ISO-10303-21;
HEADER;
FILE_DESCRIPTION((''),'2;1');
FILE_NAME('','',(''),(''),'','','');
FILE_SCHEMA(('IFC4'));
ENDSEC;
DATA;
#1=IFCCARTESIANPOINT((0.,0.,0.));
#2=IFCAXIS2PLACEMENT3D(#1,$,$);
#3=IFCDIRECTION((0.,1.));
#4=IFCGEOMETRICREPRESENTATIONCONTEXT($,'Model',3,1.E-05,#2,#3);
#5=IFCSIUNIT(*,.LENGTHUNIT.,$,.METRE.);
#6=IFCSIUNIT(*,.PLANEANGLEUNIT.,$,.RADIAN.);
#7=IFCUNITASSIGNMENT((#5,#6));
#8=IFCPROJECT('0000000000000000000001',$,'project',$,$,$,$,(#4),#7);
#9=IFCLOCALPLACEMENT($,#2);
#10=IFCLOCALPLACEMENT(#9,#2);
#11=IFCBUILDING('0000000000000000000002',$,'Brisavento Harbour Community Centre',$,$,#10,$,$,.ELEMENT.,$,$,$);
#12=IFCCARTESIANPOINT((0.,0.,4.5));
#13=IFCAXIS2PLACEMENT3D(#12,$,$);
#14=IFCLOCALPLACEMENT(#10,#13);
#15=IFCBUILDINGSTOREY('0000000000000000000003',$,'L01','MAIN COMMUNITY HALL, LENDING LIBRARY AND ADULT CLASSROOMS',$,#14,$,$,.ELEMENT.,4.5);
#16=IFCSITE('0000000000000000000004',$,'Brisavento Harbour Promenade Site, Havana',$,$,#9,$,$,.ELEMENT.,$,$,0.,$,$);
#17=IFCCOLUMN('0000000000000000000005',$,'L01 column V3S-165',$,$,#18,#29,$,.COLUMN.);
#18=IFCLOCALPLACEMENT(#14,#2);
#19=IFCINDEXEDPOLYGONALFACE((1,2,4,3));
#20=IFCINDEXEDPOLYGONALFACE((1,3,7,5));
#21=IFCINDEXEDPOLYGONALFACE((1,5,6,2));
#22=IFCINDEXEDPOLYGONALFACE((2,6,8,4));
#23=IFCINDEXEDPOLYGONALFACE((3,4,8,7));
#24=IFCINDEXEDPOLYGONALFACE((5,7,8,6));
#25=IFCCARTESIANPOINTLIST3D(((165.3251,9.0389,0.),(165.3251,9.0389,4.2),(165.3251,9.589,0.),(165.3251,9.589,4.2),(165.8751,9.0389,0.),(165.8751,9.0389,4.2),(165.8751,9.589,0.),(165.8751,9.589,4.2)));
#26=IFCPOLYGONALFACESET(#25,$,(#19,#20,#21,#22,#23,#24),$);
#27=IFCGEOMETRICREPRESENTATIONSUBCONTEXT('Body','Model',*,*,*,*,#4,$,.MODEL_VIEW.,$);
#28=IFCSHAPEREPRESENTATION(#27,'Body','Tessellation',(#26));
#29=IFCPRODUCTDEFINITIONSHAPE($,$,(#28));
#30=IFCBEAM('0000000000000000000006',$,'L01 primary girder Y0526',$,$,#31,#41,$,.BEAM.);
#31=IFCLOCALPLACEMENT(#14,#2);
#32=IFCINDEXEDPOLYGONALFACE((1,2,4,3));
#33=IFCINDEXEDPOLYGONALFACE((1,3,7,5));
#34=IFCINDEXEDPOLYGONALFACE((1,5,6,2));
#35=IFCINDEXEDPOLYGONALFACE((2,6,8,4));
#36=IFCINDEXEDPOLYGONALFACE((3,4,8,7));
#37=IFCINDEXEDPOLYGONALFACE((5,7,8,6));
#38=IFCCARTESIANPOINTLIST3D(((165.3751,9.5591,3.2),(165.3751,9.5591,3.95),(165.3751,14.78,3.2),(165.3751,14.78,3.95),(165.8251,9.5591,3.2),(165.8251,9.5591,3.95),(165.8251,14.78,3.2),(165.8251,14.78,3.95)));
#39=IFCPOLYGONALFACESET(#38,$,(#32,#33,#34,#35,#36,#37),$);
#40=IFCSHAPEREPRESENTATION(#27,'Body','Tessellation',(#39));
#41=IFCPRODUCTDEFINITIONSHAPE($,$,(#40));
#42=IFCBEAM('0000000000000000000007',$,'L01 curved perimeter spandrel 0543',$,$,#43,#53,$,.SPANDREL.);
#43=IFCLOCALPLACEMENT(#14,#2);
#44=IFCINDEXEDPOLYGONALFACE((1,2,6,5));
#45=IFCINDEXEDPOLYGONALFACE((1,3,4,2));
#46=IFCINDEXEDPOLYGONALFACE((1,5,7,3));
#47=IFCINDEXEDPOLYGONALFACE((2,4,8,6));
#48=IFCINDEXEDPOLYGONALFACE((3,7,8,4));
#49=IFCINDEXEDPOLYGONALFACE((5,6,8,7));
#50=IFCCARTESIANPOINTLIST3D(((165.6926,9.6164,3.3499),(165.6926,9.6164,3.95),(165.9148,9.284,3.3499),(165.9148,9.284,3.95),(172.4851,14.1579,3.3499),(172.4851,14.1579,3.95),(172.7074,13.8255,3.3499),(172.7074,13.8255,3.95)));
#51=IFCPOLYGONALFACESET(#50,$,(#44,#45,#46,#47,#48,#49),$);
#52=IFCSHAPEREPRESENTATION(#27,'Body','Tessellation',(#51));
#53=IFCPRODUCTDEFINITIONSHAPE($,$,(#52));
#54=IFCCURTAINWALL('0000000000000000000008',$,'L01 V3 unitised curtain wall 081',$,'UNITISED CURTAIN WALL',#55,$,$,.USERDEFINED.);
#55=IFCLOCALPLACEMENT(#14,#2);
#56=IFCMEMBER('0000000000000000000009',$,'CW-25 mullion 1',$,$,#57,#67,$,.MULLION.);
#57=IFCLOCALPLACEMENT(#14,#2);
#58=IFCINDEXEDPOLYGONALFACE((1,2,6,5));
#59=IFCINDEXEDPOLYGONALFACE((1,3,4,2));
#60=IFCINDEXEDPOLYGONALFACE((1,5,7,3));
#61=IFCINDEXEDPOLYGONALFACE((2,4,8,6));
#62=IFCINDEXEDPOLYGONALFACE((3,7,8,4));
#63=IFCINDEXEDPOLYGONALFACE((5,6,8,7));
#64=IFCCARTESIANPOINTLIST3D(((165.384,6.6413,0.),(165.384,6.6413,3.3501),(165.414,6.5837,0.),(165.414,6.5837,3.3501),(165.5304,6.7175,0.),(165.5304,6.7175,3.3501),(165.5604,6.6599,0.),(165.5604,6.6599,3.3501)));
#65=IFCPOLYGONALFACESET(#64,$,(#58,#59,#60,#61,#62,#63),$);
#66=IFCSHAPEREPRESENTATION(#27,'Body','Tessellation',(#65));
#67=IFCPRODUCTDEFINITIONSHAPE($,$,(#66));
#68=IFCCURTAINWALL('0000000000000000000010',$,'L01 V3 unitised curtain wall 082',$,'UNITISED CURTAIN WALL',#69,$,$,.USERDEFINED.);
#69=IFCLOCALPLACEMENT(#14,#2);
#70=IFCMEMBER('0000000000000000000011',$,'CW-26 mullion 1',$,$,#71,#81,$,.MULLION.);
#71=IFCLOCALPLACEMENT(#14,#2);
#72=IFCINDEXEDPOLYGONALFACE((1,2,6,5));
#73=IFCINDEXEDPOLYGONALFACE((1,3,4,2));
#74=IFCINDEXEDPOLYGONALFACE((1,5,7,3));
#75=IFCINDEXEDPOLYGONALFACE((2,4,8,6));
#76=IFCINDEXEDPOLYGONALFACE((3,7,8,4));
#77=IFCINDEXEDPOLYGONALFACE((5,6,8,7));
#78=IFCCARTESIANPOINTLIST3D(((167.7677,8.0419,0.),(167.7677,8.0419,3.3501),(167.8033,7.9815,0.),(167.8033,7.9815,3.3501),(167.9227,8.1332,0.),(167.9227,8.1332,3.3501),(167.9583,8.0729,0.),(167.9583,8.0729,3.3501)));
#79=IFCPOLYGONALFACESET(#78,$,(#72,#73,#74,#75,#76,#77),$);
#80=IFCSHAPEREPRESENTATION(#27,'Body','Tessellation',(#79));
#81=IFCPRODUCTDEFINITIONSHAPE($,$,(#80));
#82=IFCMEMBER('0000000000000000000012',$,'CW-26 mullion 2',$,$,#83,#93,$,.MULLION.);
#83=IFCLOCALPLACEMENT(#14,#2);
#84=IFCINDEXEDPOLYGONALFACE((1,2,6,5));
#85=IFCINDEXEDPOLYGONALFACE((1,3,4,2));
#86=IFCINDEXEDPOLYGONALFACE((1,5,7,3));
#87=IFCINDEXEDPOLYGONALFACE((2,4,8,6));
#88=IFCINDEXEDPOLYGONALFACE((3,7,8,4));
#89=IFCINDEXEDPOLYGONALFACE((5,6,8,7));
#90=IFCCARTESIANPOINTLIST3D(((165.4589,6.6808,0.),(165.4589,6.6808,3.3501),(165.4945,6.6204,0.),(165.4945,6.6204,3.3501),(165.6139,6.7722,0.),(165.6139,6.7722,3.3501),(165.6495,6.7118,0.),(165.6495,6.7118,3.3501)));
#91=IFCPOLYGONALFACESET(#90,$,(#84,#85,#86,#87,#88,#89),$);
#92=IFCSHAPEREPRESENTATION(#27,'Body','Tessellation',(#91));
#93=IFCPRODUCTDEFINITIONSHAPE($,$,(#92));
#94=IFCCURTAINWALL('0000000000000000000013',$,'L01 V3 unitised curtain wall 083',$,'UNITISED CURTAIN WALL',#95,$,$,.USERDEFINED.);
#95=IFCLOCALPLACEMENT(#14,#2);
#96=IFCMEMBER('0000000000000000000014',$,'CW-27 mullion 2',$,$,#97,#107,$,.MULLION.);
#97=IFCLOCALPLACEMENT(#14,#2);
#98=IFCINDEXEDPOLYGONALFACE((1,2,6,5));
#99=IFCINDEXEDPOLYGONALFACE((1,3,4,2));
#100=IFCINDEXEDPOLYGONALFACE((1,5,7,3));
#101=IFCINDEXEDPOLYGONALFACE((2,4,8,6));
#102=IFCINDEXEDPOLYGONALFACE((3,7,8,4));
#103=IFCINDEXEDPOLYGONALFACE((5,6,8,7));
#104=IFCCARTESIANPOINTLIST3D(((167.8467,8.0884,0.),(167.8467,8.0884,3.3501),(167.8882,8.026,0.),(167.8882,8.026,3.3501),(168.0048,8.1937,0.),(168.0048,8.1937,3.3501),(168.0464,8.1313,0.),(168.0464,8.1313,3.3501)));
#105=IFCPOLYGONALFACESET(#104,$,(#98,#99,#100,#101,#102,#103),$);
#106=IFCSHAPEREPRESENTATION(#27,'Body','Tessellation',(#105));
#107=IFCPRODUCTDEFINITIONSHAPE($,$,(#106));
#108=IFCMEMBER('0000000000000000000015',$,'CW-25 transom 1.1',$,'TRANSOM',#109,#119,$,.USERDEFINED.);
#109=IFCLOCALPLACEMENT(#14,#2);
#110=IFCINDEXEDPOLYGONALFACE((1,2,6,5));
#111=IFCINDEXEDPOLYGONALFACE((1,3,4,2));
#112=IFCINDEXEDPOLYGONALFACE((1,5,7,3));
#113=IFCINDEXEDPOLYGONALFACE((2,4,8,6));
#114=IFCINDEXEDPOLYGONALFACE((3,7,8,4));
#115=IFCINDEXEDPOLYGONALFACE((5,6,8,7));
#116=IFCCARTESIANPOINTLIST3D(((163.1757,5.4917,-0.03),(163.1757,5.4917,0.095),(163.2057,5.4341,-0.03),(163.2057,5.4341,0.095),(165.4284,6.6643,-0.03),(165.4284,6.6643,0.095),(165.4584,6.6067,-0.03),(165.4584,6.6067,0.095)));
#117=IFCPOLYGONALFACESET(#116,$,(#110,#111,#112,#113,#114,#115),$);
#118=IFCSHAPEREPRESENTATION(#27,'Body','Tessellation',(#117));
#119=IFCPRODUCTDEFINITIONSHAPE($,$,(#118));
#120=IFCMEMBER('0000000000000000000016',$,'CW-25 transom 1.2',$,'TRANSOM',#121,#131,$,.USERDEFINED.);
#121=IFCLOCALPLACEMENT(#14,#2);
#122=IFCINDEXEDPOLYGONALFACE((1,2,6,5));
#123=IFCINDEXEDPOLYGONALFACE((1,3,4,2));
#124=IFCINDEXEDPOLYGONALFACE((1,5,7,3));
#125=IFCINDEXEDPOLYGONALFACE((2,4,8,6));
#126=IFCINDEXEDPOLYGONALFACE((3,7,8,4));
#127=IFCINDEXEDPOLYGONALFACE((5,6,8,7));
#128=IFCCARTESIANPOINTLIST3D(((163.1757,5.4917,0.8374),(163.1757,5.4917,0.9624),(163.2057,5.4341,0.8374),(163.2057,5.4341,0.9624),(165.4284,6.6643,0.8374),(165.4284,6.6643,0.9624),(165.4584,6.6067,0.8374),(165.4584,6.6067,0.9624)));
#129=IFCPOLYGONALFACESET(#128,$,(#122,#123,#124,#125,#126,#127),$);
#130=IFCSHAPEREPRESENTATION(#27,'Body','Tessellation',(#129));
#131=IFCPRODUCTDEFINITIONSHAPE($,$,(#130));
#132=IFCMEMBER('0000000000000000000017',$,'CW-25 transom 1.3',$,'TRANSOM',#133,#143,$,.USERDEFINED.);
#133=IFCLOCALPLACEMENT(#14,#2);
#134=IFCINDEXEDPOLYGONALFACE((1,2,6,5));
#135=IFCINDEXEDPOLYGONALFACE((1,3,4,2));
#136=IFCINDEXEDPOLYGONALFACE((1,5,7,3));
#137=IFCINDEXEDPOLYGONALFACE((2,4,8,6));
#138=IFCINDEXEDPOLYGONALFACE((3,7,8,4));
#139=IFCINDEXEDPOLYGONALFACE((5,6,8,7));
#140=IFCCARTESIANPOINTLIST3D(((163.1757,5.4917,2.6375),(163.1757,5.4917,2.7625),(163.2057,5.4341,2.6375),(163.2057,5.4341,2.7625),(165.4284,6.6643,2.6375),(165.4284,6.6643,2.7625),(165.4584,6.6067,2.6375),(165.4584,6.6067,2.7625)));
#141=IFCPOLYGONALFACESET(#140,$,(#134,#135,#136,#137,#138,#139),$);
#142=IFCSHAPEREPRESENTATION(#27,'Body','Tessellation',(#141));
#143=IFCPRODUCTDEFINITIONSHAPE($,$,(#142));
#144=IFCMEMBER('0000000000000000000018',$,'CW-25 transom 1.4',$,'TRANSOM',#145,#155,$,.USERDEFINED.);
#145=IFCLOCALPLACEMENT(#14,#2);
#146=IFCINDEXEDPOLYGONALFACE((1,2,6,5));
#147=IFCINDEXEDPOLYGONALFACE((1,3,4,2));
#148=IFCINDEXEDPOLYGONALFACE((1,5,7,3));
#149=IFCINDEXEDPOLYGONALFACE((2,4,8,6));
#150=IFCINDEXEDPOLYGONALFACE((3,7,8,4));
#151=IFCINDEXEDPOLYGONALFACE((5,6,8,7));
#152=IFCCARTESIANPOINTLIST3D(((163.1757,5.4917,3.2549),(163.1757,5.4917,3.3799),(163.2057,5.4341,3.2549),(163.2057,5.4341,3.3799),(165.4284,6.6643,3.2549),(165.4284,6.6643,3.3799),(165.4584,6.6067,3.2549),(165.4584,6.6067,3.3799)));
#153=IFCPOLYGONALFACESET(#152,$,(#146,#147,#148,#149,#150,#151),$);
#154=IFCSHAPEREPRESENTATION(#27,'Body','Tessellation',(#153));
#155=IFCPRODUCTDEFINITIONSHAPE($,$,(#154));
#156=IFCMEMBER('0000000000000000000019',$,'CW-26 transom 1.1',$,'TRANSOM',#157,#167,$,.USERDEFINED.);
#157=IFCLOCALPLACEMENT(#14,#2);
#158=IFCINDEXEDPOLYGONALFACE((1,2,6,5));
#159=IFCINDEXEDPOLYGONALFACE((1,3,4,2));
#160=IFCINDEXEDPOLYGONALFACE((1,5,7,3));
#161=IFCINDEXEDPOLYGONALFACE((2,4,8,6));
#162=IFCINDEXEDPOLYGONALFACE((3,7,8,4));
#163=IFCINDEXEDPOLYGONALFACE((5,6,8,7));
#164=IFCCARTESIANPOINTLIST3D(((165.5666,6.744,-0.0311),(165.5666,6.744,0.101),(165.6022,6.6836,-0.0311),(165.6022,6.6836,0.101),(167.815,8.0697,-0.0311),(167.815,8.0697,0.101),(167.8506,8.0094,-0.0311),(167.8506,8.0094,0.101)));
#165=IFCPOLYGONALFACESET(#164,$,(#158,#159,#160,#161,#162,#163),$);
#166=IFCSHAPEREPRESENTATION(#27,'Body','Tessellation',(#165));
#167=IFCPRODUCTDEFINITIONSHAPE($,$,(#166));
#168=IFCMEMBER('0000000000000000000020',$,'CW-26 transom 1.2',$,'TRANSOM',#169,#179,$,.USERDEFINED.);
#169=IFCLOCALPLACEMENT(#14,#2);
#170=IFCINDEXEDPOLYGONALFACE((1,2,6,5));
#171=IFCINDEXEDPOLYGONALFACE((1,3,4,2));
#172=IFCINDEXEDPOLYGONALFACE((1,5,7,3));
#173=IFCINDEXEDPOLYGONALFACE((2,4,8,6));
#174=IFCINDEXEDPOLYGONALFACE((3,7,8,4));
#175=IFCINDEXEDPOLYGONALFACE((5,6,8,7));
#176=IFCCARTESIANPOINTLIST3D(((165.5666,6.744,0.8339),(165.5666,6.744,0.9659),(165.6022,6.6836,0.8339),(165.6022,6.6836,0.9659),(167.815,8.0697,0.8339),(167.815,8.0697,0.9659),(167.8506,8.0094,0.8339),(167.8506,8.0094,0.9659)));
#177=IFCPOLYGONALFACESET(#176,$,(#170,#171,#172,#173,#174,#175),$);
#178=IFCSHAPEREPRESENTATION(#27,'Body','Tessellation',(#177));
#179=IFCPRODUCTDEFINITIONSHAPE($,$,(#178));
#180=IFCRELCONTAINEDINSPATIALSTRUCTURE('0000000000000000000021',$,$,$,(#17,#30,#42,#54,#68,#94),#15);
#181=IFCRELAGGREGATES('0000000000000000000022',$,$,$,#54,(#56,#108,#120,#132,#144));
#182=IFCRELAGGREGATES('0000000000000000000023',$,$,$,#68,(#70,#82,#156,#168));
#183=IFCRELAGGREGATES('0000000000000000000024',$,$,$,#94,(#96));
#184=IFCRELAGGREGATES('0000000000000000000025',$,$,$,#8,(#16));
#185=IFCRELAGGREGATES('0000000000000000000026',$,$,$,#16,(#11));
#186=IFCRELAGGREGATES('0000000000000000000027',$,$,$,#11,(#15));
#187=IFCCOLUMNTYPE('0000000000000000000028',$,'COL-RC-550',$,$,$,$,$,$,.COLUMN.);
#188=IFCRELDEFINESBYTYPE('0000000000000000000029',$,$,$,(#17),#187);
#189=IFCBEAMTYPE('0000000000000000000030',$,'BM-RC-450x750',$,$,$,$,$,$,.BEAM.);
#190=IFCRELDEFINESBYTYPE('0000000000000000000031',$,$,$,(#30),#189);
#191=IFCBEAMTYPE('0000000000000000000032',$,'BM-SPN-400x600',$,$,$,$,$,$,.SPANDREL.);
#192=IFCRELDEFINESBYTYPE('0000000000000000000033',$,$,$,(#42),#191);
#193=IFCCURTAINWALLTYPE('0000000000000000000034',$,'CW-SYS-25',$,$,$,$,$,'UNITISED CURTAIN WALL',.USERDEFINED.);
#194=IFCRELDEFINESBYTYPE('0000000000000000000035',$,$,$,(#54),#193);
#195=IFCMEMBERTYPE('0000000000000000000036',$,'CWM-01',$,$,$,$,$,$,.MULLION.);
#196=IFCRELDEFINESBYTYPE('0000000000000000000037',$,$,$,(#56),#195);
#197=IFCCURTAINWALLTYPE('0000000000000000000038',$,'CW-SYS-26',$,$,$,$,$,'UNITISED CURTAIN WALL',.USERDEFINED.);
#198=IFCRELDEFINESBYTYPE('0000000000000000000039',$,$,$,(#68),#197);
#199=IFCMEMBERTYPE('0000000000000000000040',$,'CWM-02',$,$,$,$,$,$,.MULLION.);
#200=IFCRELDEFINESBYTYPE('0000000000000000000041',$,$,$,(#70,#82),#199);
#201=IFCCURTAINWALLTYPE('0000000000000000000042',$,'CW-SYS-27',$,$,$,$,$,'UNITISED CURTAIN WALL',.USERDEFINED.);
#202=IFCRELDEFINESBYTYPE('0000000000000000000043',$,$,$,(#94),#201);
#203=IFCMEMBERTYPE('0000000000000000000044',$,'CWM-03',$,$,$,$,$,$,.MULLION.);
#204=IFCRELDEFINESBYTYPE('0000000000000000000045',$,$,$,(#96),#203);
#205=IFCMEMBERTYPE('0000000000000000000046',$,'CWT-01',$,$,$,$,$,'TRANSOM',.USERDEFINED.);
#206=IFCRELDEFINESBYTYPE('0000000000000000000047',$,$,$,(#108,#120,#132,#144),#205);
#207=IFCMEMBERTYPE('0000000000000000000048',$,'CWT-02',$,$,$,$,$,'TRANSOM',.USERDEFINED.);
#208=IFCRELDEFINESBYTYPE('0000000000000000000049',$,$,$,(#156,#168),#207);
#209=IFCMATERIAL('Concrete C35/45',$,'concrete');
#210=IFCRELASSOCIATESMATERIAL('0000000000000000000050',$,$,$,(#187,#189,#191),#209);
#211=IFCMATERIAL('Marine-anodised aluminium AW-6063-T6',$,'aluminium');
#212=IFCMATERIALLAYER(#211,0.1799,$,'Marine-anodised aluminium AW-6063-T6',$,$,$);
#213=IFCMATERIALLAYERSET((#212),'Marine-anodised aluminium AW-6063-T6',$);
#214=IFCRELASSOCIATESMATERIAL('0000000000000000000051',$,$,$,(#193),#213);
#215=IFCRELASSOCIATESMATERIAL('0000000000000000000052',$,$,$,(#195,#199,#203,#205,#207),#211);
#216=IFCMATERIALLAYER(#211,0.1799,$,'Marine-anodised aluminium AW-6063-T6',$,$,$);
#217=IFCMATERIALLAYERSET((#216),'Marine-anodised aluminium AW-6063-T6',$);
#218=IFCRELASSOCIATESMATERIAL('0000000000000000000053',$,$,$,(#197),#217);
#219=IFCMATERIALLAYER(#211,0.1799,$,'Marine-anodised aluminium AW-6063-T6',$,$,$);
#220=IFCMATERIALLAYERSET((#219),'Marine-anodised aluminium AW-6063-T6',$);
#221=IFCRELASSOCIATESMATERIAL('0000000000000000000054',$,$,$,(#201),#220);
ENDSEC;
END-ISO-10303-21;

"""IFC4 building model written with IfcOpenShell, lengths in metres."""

from ifc_helpers import new_model, si_unit, direction, frame, origin, origin_2d, place, context, subcontext, project, spatial, rectangle, extrude, material, layer, layer_set, material_profile, profile_set, type_object, element, aggregate, save


model = new_model("IFC4")

# Units and contexts
model_context = context("Model", 3, precision=1e-05, world=origin(), true_north=direction((0.0, 1.0)))
body_context = subcontext(model_context, "Body", "Model", "MODEL_VIEW")
ifc_project = project(units=[si_unit("LENGTHUNIT", "METRE"), si_unit("PLANEANGLEUNIT", "RADIAN")], contexts=[model_context])

# Site, building, storey
site_placement = place(None, origin())
site = spatial("IfcSite", under=ifc_project, at=site_placement, Name="Brisavento Harbour Promenade Site, Havana", CompositionType="ELEMENT", RefElevation=0.0)
building_placement = place(site_placement, origin())
building = spatial("IfcBuilding", under=site, at=building_placement, Name="Brisavento Harbour Community Centre", CompositionType="ELEMENT")
storey_placement = place(building_placement, frame((0.0, 0.0, 4.5)))
storey = spatial("IfcBuildingStorey", under=building, at=storey_placement, Name="L01", Description="MAIN COMMUNITY HALL, LENDING LIBRARY AND ADULT CLASSROOMS", CompositionType="ELEMENT", Elevation=4.5)

# Column
ifc_material_1 = material(Name="Concrete C35/45", Category="concrete")
ifc_material_profile_1 = material_profile(ifc_material_1, rectangle(XDim=0.55, YDim=0.55, at=origin_2d()), Name="Concrete C35/45")
ifc_profile_set_1 = profile_set([ifc_material_profile_1], Name="Concrete C35/45")
column_type = type_object("IfcColumnType", Name="COL-RC-550", PredefinedType="COLUMN", material=ifc_profile_set_1)
column_placement = place(storey_placement, frame((165.6001, 9.314, 0.0), z_axis=(0.0, 0.0, 1.0), x_axis=(1.0, 0.0, 0.0)))
element("IfcColumn", 1, at=column_placement, inside=storey, type_object=column_type, Name="L01 column V3S-165", PredefinedType="COLUMN", context=body_context, shape_type="SweptSolid", body=[
    extrude(rectangle(XDim=0.55, YDim=0.55, at=origin_2d()), origin(), (0.0, 0.0, 1.0), 4.2),
])

# Beams
ifc_material_profile_2 = material_profile(ifc_material_1, rectangle(XDim=0.45, YDim=0.75, at=origin_2d()), Name="Concrete C35/45")
ifc_profile_set_2 = profile_set([ifc_material_profile_2], Name="Concrete C35/45")
beam_type_1 = type_object("IfcBeamType", Name="BM-RC-450x750", PredefinedType="BEAM", material=ifc_profile_set_2)
beam_1_placement = place(storey_placement, frame((165.6001, 9.5591, 3.575), z_axis=(0.0, 1.0, 0.0), x_axis=(-1.0, 0.0, 0.0)))
element("IfcBeam", 2, at=beam_1_placement, inside=storey, type_object=beam_type_1, Name="L01 primary girder Y0526", PredefinedType="BEAM", context=body_context, shape_type="SweptSolid", body=[
    extrude(rectangle(XDim=0.45, YDim=0.75, at=origin_2d()), origin(), (0.0, 0.0, 1.0), 5.2209),
])
ifc_material_profile_3 = material_profile(ifc_material_1, rectangle(XDim=0.3999, YDim=0.6001, at=origin_2d()), Name="Concrete C35/45")
ifc_profile_set_3 = profile_set([ifc_material_profile_3], Name="Concrete C35/45")
beam_type_2 = type_object("IfcBeamType", Name="BM-SPN-400x600", PredefinedType="SPANDREL", material=ifc_profile_set_3)
beam_2_placement = place(storey_placement, frame((165.8037, 9.4502, 3.6499), z_axis=(0.831305, 0.555817, 0.0), x_axis=(-0.555817, 0.831305, 0.0)))
element("IfcBeam", 3, at=beam_2_placement, inside=storey, type_object=beam_type_2, Name="L01 curved perimeter spandrel 0543", PredefinedType="SPANDREL", context=body_context, shape_type="SweptSolid", body=[
    extrude(rectangle(XDim=0.3999, YDim=0.6001, at=origin_2d()), origin(), (0.0, 0.0, 1.0), 8.1709),
])

# Curtain wall, member
ifc_material_2 = material(Name="Marine-anodised aluminium AW-6063-T6", Category="aluminium")
ifc_layer_1 = layer(ifc_material_2, 0.1799, Name="Marine-anodised aluminium AW-6063-T6")
ifc_layer_set_1 = layer_set([ifc_layer_1], Name="Marine-anodised aluminium AW-6063-T6")
curtain_wall_type_1 = type_object("IfcCurtainWallType", Name="CW-SYS-25", ElementType="UNITISED CURTAIN WALL", PredefinedType="USERDEFINED", material=ifc_layer_set_1)
curtain_wall_1_placement = place(storey_placement, origin())
curtain_wall_1 = element("IfcCurtainWall", 4, at=curtain_wall_1_placement, inside=storey, type_object=curtain_wall_type_1, Name="L01 V3 unitised curtain wall 081", ObjectType="UNITISED CURTAIN WALL", PredefinedType="USERDEFINED")
ifc_material_profile_4 = material_profile(ifc_material_2, rectangle(XDim=0.0649, YDim=0.165, at=origin_2d()), Name="Marine-anodised aluminium AW-6063-T6")
ifc_profile_set_4 = profile_set([ifc_material_profile_4], Name="Marine-anodised aluminium AW-6063-T6")
member_type_1 = type_object("IfcMemberType", Name="CWM-01", PredefinedType="MULLION", material=ifc_profile_set_4)
member_1_placement = place(storey_placement, frame((165.4722, 6.6506, 0.0), z_axis=(0.0, 0.0, 1.0), x_axis=(0.461718, -0.887027, 0.0)))
member_1 = element("IfcMember", 5, at=member_1_placement, type_object=member_type_1, Name="CW-25 mullion 1", PredefinedType="MULLION", context=body_context, shape_type="SweptSolid", body=[
    extrude(rectangle(XDim=0.0649, YDim=0.165, at=origin_2d()), origin(), (0.0, 0.0, 1.0), 3.3501),
])

# Curtain wall, members
ifc_layer_2 = layer(ifc_material_2, 0.1799, Name="Marine-anodised aluminium AW-6063-T6")
ifc_layer_set_2 = layer_set([ifc_layer_2], Name="Marine-anodised aluminium AW-6063-T6")
curtain_wall_type_2 = type_object("IfcCurtainWallType", Name="CW-SYS-26", ElementType="UNITISED CURTAIN WALL", PredefinedType="USERDEFINED", material=ifc_layer_set_2)
curtain_wall_2_placement = place(storey_placement, origin())
curtain_wall_2 = element("IfcCurtainWall", 6, at=curtain_wall_2_placement, inside=storey, type_object=curtain_wall_type_2, Name="L01 V3 unitised curtain wall 082", ObjectType="UNITISED CURTAIN WALL", PredefinedType="USERDEFINED")
ifc_material_profile_5 = material_profile(ifc_material_2, rectangle(XDim=0.0701, YDim=0.1799, at=origin_2d()), Name="Marine-anodised aluminium AW-6063-T6")
ifc_profile_set_5 = profile_set([ifc_material_profile_5], Name="Marine-anodised aluminium AW-6063-T6")
member_type_2 = type_object("IfcMemberType", Name="CWM-02", PredefinedType="MULLION", material=ifc_profile_set_5)
member_2_placement = place(storey_placement, frame((167.863, 8.0574, 0.0), z_axis=(0.0, 0.0, 1.0), x_axis=(0.507876, -0.86143, 0.0)))
member_2 = element("IfcMember", 7, at=member_2_placement, type_object=member_type_2, Name="CW-26 mullion 1", PredefinedType="MULLION", context=body_context, shape_type="SweptSolid", body=[
    extrude(rectangle(XDim=0.0701, YDim=0.1799, at=origin_2d()), origin(), (0.0, 0.0, 1.0), 3.3501),
])
member_3_placement = place(storey_placement, frame((165.5542, 6.6963, 0.0), z_axis=(0.0, 0.0, 1.0), x_axis=(0.507876, -0.86143, 0.0)))
member_3 = element("IfcMember", 8, at=member_3_placement, type_object=member_type_2, Name="CW-26 mullion 2", PredefinedType="MULLION", context=body_context, shape_type="SweptSolid", body=[
    extrude(rectangle(XDim=0.0701, YDim=0.1799, at=origin_2d()), origin(), (0.0, 0.0, 1.0), 3.3501),
])

# Curtain wall, member
ifc_layer_3 = layer(ifc_material_2, 0.1799, Name="Marine-anodised aluminium AW-6063-T6")
ifc_layer_set_3 = layer_set([ifc_layer_3], Name="Marine-anodised aluminium AW-6063-T6")
curtain_wall_type_3 = type_object("IfcCurtainWallType", Name="CW-SYS-27", ElementType="UNITISED CURTAIN WALL", PredefinedType="USERDEFINED", material=ifc_layer_set_3)
curtain_wall_3_placement = place(storey_placement, origin())
curtain_wall_3 = element("IfcCurtainWall", 9, at=curtain_wall_3_placement, inside=storey, type_object=curtain_wall_type_3, Name="L01 V3 unitised curtain wall 083", ObjectType="UNITISED CURTAIN WALL", PredefinedType="USERDEFINED")
ifc_material_profile_6 = material_profile(ifc_material_2, rectangle(XDim=0.075, YDim=0.1899, at=origin_2d()), Name="Marine-anodised aluminium AW-6063-T6")
ifc_profile_set_6 = profile_set([ifc_material_profile_6], Name="Marine-anodised aluminium AW-6063-T6")
member_type_3 = type_object("IfcMemberType", Name="CWM-03", PredefinedType="MULLION", material=ifc_profile_set_6)
member_4_placement = place(storey_placement, frame((167.9465, 8.1099, 0.0), z_axis=(0.0, 0.0, 1.0), x_axis=(0.554068, -0.832472, 0.0)))
member_4 = element("IfcMember", 10, at=member_4_placement, type_object=member_type_3, Name="CW-27 mullion 2", PredefinedType="MULLION", context=body_context, shape_type="SweptSolid", body=[
    extrude(rectangle(XDim=0.075, YDim=0.1899, at=origin_2d()), origin(), (0.0, 0.0, 1.0), 3.3501),
])

# Members
ifc_material_profile_7 = material_profile(ifc_material_2, rectangle(XDim=0.0649, YDim=0.125, at=origin_2d()), Name="Marine-anodised aluminium AW-6063-T6")
ifc_profile_set_7 = profile_set([ifc_material_profile_7], Name="Marine-anodised aluminium AW-6063-T6")
member_type_4 = type_object("IfcMemberType", Name="CWT-01", ElementType="TRANSOM", PredefinedType="USERDEFINED", material=ifc_profile_set_7)
member_5_placement = place(storey_placement, frame((165.4434, 6.6355, 0.0325), z_axis=(-0.887022, -0.461728, 0.0), x_axis=(0.461728, -0.887022, 0.0)))
member_5 = element("IfcMember", 11, at=member_5_placement, type_object=member_type_4, Name="CW-25 transom 1.1", ObjectType="TRANSOM", PredefinedType="USERDEFINED", context=body_context, shape_type="SweptSolid", body=[
    extrude(rectangle(XDim=0.0649, YDim=0.125, at=origin_2d()), origin(), (0.0, 0.0, 1.0), 2.5396),
])
member_6_placement = place(storey_placement, frame((165.4434, 6.6355, 0.8999), z_axis=(-0.887022, -0.461728, 0.0), x_axis=(0.461728, -0.887022, 0.0)))
member_6 = element("IfcMember", 12, at=member_6_placement, type_object=member_type_4, Name="CW-25 transom 1.2", ObjectType="TRANSOM", PredefinedType="USERDEFINED", context=body_context, shape_type="SweptSolid", body=[
    extrude(rectangle(XDim=0.0649, YDim=0.125, at=origin_2d()), origin(), (0.0, 0.0, 1.0), 2.5396),
])
member_7_placement = place(storey_placement, frame((165.4434, 6.6355, 2.7), z_axis=(-0.887022, -0.461728, 0.0), x_axis=(0.461728, -0.887022, 0.0)))
member_7 = element("IfcMember", 13, at=member_7_placement, type_object=member_type_4, Name="CW-25 transom 1.3", ObjectType="TRANSOM", PredefinedType="USERDEFINED", context=body_context, shape_type="SweptSolid", body=[
    extrude(rectangle(XDim=0.0649, YDim=0.125, at=origin_2d()), origin(), (0.0, 0.0, 1.0), 2.5396),
])
member_8_placement = place(storey_placement, frame((165.4434, 6.6355, 3.3174), z_axis=(-0.887022, -0.461728, 0.0), x_axis=(0.461728, -0.887022, 0.0)))
member_8 = element("IfcMember", 14, at=member_8_placement, type_object=member_type_4, Name="CW-25 transom 1.4", ObjectType="TRANSOM", PredefinedType="USERDEFINED", context=body_context, shape_type="SweptSolid", body=[
    extrude(rectangle(XDim=0.0649, YDim=0.125, at=origin_2d()), origin(), (0.0, 0.0, 1.0), 2.5396),
])
aggregate(curtain_wall_1, [member_1, member_5, member_6, member_7, member_8])
ifc_material_profile_8 = material_profile(ifc_material_2, rectangle(XDim=0.0701, YDim=0.1321, at=origin_2d()), Name="Marine-anodised aluminium AW-6063-T6")
ifc_profile_set_8 = profile_set([ifc_material_profile_8], Name="Marine-anodised aluminium AW-6063-T6")
member_type_5 = type_object("IfcMemberType", Name="CWT-02", ElementType="TRANSOM", PredefinedType="USERDEFINED", material=ifc_profile_set_8)
member_9_placement = place(storey_placement, frame((167.8328, 8.0396, 0.0349), z_axis=(-0.861405, -0.507919, 0.0), x_axis=(0.507919, -0.861405, 0.0)))
member_9 = element("IfcMember", 15, at=member_9_placement, type_object=member_type_5, Name="CW-26 transom 1.1", ObjectType="TRANSOM", PredefinedType="USERDEFINED", context=body_context, shape_type="SweptSolid", body=[
    extrude(rectangle(XDim=0.0701, YDim=0.1321, at=origin_2d()), origin(), (0.0, 0.0, 1.0), 2.6101),
])
member_10_placement = place(storey_placement, frame((167.8328, 8.0396, 0.8999), z_axis=(-0.861405, -0.507919, 0.0), x_axis=(0.507919, -0.861405, 0.0)))
member_10 = element("IfcMember", 16, at=member_10_placement, type_object=member_type_5, Name="CW-26 transom 1.2", ObjectType="TRANSOM", PredefinedType="USERDEFINED", context=body_context, shape_type="SweptSolid", body=[
    extrude(rectangle(XDim=0.0701, YDim=0.1321, at=origin_2d()), origin(), (0.0, 0.0, 1.0), 2.6101),
])

aggregate(curtain_wall_2, [member_2, member_3, member_9, member_10])
aggregate(curtain_wall_3, [member_4])

save(model, "model.ifc")
